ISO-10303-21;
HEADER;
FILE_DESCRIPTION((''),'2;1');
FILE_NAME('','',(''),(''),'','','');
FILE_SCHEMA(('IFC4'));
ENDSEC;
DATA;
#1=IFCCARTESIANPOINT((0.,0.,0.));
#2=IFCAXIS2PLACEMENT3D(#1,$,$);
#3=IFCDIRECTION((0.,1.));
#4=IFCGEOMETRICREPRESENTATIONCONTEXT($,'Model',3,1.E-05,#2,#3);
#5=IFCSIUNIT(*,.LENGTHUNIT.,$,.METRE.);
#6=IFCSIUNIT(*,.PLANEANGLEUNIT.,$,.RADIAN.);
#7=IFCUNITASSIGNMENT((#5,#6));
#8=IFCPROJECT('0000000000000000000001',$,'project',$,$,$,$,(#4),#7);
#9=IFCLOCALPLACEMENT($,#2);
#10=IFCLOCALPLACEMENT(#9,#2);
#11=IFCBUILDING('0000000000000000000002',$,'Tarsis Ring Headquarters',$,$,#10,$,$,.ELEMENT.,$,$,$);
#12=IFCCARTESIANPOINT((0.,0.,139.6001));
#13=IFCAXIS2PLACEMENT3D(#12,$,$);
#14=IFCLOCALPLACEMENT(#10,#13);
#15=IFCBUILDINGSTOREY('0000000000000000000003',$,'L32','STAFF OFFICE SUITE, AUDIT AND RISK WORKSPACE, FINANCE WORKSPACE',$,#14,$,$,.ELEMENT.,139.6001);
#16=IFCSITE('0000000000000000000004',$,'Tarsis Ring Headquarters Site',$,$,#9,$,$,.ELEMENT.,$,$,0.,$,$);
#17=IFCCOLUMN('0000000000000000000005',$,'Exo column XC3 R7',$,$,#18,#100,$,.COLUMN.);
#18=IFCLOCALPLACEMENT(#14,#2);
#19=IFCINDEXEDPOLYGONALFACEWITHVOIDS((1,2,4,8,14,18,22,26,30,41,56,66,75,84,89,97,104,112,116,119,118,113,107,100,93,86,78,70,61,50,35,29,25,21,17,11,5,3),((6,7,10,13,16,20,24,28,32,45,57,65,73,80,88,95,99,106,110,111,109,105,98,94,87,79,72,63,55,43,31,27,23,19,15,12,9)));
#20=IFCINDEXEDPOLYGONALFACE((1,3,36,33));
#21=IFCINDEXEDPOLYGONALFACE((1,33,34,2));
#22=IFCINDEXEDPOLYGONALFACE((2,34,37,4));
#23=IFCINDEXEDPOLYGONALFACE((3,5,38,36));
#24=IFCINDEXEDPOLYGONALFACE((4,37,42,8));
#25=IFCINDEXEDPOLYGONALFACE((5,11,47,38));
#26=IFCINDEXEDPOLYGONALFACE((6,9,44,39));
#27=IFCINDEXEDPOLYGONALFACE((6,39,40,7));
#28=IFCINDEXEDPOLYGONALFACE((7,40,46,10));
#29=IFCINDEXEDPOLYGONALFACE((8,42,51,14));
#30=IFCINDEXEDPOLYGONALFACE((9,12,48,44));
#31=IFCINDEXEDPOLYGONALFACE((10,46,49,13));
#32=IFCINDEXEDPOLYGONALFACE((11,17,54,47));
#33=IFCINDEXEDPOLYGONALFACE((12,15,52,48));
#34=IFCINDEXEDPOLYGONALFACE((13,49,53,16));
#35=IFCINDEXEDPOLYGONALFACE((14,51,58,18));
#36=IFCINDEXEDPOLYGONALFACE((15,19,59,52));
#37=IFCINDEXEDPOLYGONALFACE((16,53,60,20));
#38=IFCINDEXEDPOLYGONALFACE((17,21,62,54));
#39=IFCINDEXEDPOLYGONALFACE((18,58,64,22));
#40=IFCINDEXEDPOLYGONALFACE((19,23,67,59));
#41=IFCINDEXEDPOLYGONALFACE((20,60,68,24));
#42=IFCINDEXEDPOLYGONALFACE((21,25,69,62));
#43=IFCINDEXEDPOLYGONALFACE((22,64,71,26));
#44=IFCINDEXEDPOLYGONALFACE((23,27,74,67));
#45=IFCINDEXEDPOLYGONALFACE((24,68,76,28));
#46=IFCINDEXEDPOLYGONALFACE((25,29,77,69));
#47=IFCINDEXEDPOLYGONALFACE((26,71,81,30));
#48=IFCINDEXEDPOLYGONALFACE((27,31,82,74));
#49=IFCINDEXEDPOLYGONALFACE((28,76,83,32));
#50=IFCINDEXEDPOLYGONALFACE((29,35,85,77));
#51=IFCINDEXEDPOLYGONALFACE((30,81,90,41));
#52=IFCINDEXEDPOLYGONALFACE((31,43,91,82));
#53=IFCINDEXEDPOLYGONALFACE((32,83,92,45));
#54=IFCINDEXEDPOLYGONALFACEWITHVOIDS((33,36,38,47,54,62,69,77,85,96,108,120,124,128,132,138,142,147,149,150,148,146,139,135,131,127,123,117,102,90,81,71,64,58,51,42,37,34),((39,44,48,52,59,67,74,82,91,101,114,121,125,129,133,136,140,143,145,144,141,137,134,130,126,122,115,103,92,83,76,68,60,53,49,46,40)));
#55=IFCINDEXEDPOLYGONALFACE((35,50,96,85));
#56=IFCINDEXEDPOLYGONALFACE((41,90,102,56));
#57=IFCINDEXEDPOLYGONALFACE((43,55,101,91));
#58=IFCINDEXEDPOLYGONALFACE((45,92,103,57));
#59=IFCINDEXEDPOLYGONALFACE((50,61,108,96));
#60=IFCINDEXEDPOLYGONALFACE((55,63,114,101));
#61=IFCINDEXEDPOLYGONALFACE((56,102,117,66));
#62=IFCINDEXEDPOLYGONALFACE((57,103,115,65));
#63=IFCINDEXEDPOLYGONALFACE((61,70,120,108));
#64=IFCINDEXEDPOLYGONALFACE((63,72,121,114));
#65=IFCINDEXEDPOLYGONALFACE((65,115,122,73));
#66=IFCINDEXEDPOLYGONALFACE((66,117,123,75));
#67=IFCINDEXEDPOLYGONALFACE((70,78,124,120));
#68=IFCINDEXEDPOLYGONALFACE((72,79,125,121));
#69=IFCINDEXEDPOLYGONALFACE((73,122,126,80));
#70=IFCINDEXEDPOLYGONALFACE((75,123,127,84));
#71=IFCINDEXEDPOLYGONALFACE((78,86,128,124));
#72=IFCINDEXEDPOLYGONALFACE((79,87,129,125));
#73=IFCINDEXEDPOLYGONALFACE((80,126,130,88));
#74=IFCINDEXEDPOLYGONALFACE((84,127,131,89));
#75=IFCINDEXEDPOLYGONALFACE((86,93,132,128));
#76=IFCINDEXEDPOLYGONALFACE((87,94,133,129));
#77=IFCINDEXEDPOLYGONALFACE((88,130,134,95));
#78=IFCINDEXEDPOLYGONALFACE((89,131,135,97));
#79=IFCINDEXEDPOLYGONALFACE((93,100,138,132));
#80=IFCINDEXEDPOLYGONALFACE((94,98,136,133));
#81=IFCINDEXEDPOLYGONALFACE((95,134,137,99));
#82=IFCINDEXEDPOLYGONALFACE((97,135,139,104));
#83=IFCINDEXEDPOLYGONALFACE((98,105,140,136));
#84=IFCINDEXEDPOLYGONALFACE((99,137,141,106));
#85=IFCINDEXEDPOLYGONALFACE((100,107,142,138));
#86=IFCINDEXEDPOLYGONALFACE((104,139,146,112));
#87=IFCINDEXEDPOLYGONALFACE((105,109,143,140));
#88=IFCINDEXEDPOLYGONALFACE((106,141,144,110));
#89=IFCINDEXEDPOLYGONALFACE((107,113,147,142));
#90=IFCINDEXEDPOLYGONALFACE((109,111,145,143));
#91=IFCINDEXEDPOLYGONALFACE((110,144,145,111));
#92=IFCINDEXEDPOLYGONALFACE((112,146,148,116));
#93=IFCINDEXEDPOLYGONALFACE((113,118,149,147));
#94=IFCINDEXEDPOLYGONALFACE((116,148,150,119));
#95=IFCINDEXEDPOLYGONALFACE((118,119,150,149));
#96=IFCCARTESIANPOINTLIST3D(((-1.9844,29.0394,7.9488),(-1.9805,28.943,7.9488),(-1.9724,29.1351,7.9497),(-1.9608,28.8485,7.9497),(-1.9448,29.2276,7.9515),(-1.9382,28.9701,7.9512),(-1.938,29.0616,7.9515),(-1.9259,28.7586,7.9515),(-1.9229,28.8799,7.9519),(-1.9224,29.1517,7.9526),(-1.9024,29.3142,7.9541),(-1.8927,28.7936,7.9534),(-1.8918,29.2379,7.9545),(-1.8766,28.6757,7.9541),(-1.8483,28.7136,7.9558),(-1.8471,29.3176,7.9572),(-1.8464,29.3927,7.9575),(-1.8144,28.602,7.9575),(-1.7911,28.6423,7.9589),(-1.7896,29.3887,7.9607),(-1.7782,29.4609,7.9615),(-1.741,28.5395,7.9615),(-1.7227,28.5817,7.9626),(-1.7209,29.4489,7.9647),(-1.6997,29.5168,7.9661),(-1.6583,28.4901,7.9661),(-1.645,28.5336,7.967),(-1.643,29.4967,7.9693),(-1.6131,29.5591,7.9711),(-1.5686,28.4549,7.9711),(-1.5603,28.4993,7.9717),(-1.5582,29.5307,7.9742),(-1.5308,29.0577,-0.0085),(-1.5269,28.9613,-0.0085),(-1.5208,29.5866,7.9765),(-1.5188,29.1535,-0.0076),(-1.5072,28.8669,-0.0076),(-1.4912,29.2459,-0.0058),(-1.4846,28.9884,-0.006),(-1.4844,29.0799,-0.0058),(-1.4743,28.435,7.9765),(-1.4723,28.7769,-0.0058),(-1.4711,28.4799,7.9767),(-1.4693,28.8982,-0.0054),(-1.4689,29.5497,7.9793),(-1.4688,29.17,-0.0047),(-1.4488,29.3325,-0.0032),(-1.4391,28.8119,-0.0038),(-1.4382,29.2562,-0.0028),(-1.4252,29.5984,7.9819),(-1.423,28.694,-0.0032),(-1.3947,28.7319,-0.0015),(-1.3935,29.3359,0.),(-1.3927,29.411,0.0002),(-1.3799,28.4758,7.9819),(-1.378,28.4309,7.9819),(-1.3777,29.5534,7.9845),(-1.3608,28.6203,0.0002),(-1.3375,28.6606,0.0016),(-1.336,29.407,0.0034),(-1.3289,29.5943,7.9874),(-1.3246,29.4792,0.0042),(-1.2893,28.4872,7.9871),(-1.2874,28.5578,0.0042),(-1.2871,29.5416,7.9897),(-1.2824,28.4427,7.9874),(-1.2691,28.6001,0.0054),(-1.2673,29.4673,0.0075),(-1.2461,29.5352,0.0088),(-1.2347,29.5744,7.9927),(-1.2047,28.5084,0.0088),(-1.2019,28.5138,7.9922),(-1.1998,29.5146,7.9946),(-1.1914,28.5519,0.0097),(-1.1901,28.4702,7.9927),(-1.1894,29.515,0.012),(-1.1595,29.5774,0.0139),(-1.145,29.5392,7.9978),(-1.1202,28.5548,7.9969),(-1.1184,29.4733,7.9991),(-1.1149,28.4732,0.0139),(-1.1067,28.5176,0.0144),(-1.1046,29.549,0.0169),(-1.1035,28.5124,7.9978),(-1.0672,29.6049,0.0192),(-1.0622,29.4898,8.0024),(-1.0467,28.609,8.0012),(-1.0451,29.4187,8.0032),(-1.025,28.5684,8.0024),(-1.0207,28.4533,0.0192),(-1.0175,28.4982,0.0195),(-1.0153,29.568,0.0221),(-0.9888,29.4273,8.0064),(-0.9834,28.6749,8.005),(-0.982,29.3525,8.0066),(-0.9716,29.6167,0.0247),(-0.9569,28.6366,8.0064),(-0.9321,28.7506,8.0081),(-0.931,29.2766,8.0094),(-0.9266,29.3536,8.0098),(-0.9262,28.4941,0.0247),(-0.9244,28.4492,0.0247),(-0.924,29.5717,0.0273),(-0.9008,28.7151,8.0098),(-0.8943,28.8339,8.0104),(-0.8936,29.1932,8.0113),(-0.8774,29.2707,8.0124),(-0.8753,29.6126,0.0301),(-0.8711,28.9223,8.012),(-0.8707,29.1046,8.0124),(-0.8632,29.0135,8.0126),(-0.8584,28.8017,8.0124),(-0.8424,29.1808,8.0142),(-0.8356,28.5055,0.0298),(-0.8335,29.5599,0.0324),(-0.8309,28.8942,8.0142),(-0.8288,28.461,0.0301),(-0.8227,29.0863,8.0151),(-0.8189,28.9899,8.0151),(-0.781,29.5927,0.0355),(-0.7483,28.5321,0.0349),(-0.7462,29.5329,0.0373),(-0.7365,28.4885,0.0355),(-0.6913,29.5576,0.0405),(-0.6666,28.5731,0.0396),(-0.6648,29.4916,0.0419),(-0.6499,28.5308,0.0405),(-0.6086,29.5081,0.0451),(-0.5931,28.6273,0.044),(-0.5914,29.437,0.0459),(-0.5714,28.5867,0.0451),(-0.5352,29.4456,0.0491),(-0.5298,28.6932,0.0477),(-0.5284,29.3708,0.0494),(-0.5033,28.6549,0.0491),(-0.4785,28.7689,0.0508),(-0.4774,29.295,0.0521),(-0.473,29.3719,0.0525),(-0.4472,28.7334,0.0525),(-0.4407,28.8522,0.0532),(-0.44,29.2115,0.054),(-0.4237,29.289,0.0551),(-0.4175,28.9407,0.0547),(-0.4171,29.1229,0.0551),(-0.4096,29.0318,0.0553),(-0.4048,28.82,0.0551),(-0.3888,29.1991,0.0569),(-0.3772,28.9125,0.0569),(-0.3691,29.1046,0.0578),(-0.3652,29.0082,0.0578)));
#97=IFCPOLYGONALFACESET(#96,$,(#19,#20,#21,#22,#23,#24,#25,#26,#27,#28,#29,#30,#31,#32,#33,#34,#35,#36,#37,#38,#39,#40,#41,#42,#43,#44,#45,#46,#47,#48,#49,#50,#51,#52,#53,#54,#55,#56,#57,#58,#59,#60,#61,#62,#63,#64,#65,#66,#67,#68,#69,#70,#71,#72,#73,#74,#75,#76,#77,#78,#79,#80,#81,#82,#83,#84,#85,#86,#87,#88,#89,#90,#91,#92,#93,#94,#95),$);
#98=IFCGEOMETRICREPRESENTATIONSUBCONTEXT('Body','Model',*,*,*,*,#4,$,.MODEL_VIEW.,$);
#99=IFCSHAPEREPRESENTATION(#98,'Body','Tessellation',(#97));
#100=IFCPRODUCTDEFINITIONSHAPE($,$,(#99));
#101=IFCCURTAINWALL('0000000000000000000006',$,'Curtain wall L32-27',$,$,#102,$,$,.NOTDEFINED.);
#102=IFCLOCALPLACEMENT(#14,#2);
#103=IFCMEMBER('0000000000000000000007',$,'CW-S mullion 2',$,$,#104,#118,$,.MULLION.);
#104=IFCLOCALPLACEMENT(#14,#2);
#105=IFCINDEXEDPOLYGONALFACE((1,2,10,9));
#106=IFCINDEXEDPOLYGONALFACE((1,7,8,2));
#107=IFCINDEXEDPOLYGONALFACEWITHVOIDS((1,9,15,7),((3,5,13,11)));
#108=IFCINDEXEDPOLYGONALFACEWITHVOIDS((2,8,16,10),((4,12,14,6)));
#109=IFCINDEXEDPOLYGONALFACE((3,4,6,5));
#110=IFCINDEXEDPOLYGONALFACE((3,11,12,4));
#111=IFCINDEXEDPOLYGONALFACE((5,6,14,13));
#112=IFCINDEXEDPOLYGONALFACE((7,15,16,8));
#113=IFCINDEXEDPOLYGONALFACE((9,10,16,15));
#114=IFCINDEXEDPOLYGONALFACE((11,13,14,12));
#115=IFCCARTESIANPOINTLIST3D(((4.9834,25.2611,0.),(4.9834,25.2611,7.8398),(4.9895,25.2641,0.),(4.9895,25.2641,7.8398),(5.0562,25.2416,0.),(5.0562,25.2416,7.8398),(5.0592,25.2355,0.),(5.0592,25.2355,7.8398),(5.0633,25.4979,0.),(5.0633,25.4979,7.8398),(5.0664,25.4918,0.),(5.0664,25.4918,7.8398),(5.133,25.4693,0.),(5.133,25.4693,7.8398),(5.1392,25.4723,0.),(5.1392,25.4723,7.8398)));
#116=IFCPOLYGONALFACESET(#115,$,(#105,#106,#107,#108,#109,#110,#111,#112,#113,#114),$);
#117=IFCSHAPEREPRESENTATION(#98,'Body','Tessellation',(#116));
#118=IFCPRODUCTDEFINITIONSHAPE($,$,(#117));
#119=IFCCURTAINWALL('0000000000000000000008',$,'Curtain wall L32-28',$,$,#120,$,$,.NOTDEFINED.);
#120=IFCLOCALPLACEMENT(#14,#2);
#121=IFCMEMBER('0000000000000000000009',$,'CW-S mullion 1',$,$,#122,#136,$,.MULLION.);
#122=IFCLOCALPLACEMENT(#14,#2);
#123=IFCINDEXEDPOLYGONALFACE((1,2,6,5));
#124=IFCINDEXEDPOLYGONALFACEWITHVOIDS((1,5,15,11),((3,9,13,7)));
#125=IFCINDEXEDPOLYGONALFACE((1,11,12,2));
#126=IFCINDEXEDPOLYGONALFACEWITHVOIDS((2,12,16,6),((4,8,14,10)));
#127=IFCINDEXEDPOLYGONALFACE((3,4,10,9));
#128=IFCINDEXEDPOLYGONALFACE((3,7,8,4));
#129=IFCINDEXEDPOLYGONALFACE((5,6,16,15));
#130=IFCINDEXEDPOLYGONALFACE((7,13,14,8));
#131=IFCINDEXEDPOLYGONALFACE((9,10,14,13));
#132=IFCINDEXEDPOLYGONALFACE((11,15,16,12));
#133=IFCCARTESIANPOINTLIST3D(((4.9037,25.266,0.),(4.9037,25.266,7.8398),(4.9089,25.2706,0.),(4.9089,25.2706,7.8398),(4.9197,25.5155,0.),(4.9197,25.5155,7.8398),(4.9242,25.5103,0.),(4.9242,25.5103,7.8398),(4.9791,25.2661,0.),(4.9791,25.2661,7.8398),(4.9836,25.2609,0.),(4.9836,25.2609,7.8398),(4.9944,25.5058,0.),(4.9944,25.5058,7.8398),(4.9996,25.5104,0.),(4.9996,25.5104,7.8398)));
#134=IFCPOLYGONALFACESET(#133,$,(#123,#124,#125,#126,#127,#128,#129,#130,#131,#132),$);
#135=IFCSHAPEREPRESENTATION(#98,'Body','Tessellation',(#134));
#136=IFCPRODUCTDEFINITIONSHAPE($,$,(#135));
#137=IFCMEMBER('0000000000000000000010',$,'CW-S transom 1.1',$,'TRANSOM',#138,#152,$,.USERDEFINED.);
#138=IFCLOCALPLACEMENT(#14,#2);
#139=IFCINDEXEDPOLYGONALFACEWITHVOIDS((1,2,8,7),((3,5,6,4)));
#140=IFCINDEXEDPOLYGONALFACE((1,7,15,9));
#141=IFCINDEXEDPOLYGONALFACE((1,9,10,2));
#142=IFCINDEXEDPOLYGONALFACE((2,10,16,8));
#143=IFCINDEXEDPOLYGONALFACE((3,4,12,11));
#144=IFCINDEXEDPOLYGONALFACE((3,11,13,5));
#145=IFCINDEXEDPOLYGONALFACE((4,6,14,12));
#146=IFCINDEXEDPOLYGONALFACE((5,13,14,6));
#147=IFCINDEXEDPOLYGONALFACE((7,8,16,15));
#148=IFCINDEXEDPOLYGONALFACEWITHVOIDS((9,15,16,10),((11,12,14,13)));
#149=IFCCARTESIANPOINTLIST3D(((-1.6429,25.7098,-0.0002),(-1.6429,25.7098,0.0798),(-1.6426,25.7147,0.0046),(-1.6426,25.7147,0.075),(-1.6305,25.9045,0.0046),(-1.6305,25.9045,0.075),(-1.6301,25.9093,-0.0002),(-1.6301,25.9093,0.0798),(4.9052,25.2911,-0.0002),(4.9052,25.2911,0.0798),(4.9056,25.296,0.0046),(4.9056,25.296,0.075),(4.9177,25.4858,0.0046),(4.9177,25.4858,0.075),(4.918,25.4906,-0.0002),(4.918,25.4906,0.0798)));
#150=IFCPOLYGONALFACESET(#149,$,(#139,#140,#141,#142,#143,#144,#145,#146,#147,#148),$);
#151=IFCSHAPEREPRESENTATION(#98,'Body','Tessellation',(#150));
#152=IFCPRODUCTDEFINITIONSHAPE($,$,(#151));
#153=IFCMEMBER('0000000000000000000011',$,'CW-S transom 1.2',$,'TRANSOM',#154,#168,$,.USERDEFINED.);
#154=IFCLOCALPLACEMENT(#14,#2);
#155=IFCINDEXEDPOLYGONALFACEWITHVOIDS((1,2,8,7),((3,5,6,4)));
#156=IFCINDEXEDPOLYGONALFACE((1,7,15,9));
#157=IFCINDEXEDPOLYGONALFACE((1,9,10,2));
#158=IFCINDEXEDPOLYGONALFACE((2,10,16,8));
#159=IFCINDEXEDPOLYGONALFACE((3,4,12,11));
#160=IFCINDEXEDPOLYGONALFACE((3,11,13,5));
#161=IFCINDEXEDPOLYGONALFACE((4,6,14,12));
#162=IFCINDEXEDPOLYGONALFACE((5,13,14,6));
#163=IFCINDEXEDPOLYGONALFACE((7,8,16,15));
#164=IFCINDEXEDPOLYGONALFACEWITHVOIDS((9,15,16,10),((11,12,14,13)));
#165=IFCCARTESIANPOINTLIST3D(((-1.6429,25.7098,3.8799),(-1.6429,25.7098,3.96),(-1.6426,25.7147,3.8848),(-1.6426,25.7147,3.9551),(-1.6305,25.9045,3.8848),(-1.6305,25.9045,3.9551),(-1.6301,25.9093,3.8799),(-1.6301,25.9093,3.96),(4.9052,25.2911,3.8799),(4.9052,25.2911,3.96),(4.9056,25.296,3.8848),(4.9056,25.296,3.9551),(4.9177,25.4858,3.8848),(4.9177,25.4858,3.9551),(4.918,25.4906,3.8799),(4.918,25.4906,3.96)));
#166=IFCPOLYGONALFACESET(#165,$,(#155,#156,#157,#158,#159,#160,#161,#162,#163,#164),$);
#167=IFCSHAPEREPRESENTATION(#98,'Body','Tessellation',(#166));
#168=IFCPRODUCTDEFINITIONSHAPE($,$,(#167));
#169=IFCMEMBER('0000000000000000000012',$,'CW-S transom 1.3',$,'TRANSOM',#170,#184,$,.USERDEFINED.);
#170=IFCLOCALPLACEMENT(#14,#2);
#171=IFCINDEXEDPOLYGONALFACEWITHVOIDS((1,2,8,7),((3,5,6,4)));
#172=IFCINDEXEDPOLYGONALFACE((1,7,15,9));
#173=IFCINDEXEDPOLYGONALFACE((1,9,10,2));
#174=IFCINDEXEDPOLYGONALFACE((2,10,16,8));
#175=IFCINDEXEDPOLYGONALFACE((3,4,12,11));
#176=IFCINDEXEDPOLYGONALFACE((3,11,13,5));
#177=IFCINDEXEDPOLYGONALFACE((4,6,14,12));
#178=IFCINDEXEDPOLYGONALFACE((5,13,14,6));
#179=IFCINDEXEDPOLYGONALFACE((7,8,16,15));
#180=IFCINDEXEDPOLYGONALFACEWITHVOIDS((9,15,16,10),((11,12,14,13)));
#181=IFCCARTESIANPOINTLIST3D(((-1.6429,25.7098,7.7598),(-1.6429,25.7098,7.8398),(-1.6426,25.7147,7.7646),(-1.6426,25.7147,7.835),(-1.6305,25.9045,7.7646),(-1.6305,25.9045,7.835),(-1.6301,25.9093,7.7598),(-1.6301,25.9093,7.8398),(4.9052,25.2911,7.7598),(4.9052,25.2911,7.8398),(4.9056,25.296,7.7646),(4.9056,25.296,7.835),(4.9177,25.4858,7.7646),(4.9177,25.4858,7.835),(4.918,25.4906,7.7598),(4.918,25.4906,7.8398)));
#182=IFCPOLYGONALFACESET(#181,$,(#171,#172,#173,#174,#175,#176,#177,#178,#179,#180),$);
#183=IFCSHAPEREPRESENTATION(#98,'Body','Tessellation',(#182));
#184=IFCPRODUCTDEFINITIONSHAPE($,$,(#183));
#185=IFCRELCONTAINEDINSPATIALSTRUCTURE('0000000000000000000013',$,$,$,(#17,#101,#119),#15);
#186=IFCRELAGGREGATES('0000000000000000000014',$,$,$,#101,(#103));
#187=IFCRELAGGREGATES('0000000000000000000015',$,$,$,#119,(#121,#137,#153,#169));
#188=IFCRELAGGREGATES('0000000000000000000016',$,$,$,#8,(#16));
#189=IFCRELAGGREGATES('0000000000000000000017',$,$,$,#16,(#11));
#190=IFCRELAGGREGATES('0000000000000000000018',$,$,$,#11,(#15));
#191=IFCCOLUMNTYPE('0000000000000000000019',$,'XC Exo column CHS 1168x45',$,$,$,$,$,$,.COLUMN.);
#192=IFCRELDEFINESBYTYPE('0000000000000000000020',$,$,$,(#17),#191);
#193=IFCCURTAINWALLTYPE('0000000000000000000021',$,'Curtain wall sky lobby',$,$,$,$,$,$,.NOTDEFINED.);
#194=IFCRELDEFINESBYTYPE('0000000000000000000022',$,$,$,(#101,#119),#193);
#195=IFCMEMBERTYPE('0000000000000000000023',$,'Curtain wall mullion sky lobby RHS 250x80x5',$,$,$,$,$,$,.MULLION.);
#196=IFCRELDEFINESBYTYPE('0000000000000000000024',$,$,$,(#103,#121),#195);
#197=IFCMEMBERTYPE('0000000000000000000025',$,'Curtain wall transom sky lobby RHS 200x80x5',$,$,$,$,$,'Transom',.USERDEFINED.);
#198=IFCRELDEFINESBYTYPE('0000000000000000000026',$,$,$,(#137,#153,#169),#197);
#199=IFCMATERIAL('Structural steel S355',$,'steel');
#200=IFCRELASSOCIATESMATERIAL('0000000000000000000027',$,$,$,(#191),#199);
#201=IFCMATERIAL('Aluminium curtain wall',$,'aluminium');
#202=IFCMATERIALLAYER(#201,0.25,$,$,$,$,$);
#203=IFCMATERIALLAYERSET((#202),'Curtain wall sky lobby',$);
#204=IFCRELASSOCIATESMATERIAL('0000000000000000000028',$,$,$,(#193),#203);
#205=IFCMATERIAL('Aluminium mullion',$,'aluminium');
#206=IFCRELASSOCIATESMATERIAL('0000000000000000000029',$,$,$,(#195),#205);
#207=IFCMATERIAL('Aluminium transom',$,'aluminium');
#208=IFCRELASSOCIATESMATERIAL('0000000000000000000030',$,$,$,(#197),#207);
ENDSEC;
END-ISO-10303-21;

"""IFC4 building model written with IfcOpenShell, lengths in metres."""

from ifc_helpers import new_model, si_unit, direction, frame, origin, origin_2d, place, context, subcontext, project, spatial, hollow_rectangle, hollow_circle, extrude, material, layer, layer_set, material_profile, profile_set, type_object, element, aggregate, save


model = new_model("IFC4")

# Units and contexts
model_context = context("Model", 3, precision=1e-05, world=origin(), true_north=direction((0.0, 1.0)))
body_context = subcontext(model_context, "Body", "Model", "MODEL_VIEW")
ifc_project = project(units=[si_unit("LENGTHUNIT", "METRE"), si_unit("PLANEANGLEUNIT", "RADIAN")], contexts=[model_context])

# Site, building, storey
site_placement = place(None, origin())
site = spatial("IfcSite", under=ifc_project, at=site_placement, Name="Tarsis Ring Headquarters Site", CompositionType="ELEMENT", RefElevation=0.0)
building_placement = place(site_placement, origin())
building = spatial("IfcBuilding", under=site, at=building_placement, Name="Tarsis Ring Headquarters", CompositionType="ELEMENT")
storey_placement = place(building_placement, frame((0.0, 0.0, 139.6001)))
storey = spatial("IfcBuildingStorey", under=building, at=storey_placement, Name="L32", Description="STAFF OFFICE SUITE, AUDIT AND RISK WORKSPACE, FINANCE WORKSPACE", CompositionType="ELEMENT", Elevation=139.6001)

# Column
ifc_material_1 = material(Name="Structural steel S355", Category="steel")
ifc_material_profile_1 = material_profile(ifc_material_1, hollow_circle(Radius=0.5842, WallThickness=0.0449, at=origin_2d()), Name="CHS 1168x45")
ifc_profile_set_1 = profile_set([ifc_material_profile_1], Name="Structural steel S355")
column_type = type_object("IfcColumnType", Name="XC Exo column CHS 1168x45", PredefinedType="COLUMN", material=ifc_profile_set_1)
column_placement = place(storey_placement, frame((-0.948, 29.033, 0.0247), z_axis=(-0.056914, -0.002297, 0.998376), x_axis=(0.040333, -0.999186, 0.0)))
element("IfcColumn", 1, at=column_placement, inside=storey, type_object=column_type, Name="Exo column XC3 R7", PredefinedType="COLUMN", context=body_context, shape_type="SweptSolid", body=[
    extrude(hollow_circle(Radius=0.5842, WallThickness=0.0449, at=origin_2d()), origin(), (0.0, 0.0, 1.0), 7.9702),
])

# Curtain wall, member
ifc_material_2 = material(Name="Aluminium curtain wall", Category="aluminium")
ifc_layer_1 = layer(ifc_material_2, 0.25)
ifc_layer_set_1 = layer_set([ifc_layer_1], Name="Curtain wall sky lobby")
curtain_wall_type = type_object("IfcCurtainWallType", Name="Curtain wall sky lobby", PredefinedType="NOTDEFINED", material=ifc_layer_set_1)
curtain_wall_1_placement = place(storey_placement, origin())
curtain_wall_1 = element("IfcCurtainWall", 2, at=curtain_wall_1_placement, inside=storey, type_object=curtain_wall_type, Name="Curtain wall L32-27", PredefinedType="NOTDEFINED")
ifc_material_3 = material(Name="Aluminium mullion", Category="aluminium")
ifc_material_profile_2 = material_profile(ifc_material_3, hollow_rectangle(XDim=0.25, YDim=0.0801, WallThickness=0.0049, at=origin_2d()), Name="RHS 250x80x5")
ifc_profile_set_2 = profile_set([ifc_material_profile_2], Name="Aluminium mullion")
member_type_1 = type_object("IfcMemberType", Name="Curtain wall mullion sky lobby RHS 250x80x5", PredefinedType="MULLION", material=ifc_profile_set_2)
member_1_placement = place(storey_placement, frame((5.0613, 25.3667, 0.0), z_axis=(0.0, 0.0, 1.0), x_axis=(-0.319952, -0.947434, 0.0)))
member_1 = element("IfcMember", 3, at=member_1_placement, type_object=member_type_1, Name="CW-S mullion 2", PredefinedType="MULLION", context=body_context, shape_type="SweptSolid", body=[
    extrude(hollow_rectangle(XDim=0.25, YDim=0.0801, WallThickness=0.0049, at=origin_2d()), origin(), (0.0, 0.0, 1.0), 7.8398),
])

# Curtain wall, members
curtain_wall_2_placement = place(storey_placement, origin())
curtain_wall_2 = element("IfcCurtainWall", 4, at=curtain_wall_2_placement, inside=storey, type_object=curtain_wall_type, Name="Curtain wall L32-28", PredefinedType="NOTDEFINED")
member_2_placement = place(storey_placement, frame((4.9517, 25.3882, 0.0), z_axis=(0.0, 0.0, 1.0), x_axis=(-0.063836, -0.99796, 0.0)))
member_2 = element("IfcMember", 5, at=member_2_placement, type_object=member_type_1, Name="CW-S mullion 1", PredefinedType="MULLION", context=body_context, shape_type="SweptSolid", body=[
    extrude(hollow_rectangle(XDim=0.25, YDim=0.0801, WallThickness=0.0049, at=origin_2d()), origin(), (0.0, 0.0, 1.0), 7.8398),
])
ifc_material_4 = material(Name="Aluminium transom", Category="aluminium")
ifc_material_profile_3 = material_profile(ifc_material_4, hollow_rectangle(XDim=0.2, YDim=0.0801, WallThickness=0.0049, at=origin_2d()), Name="RHS 200x80x5")
ifc_profile_set_3 = profile_set([ifc_material_profile_3], Name="Aluminium transom")
member_type_2 = type_object("IfcMemberType", Name="Curtain wall transom sky lobby RHS 200x80x5", ElementType="Transom", PredefinedType="USERDEFINED", material=ifc_profile_set_3)
member_3_placement = place(storey_placement, frame((4.9116, 25.3909, 0.0398), z_axis=(-0.997962, 0.063812, 0.0), x_axis=(-0.063812, -0.997962, 0.0)))
member_3 = element("IfcMember", 6, at=member_3_placement, type_object=member_type_2, Name="CW-S transom 1.1", ObjectType="TRANSOM", PredefinedType="USERDEFINED", context=body_context, shape_type="SweptSolid", body=[
    extrude(hollow_rectangle(XDim=0.2, YDim=0.0801, WallThickness=0.0049, at=origin_2d()), origin(), (0.0, 0.0, 1.0), 6.5615),
])
member_4_placement = place(storey_placement, frame((4.9116, 25.3909, 3.9199), z_axis=(-0.997962, 0.063812, 0.0), x_axis=(-0.063812, -0.997962, 0.0)))
member_4 = element("IfcMember", 7, at=member_4_placement, type_object=member_type_2, Name="CW-S transom 1.2", ObjectType="TRANSOM", PredefinedType="USERDEFINED", context=body_context, shape_type="SweptSolid", body=[
    extrude(hollow_rectangle(XDim=0.2, YDim=0.0801, WallThickness=0.0049, at=origin_2d()), origin(), (0.0, 0.0, 1.0), 6.5615),
])
member_5_placement = place(storey_placement, frame((4.9116, 25.3909, 7.7998), z_axis=(-0.997962, 0.063812, 0.0), x_axis=(-0.063812, -0.997962, 0.0)))
member_5 = element("IfcMember", 8, at=member_5_placement, type_object=member_type_2, Name="CW-S transom 1.3", ObjectType="TRANSOM", PredefinedType="USERDEFINED", context=body_context, shape_type="SweptSolid", body=[
    extrude(hollow_rectangle(XDim=0.2, YDim=0.0801, WallThickness=0.0049, at=origin_2d()), origin(), (0.0, 0.0, 1.0), 6.5615),
])

aggregate(curtain_wall_1, [member_1])
aggregate(curtain_wall_2, [member_2, member_3, member_4, member_5])

save(model, "model.ifc")
